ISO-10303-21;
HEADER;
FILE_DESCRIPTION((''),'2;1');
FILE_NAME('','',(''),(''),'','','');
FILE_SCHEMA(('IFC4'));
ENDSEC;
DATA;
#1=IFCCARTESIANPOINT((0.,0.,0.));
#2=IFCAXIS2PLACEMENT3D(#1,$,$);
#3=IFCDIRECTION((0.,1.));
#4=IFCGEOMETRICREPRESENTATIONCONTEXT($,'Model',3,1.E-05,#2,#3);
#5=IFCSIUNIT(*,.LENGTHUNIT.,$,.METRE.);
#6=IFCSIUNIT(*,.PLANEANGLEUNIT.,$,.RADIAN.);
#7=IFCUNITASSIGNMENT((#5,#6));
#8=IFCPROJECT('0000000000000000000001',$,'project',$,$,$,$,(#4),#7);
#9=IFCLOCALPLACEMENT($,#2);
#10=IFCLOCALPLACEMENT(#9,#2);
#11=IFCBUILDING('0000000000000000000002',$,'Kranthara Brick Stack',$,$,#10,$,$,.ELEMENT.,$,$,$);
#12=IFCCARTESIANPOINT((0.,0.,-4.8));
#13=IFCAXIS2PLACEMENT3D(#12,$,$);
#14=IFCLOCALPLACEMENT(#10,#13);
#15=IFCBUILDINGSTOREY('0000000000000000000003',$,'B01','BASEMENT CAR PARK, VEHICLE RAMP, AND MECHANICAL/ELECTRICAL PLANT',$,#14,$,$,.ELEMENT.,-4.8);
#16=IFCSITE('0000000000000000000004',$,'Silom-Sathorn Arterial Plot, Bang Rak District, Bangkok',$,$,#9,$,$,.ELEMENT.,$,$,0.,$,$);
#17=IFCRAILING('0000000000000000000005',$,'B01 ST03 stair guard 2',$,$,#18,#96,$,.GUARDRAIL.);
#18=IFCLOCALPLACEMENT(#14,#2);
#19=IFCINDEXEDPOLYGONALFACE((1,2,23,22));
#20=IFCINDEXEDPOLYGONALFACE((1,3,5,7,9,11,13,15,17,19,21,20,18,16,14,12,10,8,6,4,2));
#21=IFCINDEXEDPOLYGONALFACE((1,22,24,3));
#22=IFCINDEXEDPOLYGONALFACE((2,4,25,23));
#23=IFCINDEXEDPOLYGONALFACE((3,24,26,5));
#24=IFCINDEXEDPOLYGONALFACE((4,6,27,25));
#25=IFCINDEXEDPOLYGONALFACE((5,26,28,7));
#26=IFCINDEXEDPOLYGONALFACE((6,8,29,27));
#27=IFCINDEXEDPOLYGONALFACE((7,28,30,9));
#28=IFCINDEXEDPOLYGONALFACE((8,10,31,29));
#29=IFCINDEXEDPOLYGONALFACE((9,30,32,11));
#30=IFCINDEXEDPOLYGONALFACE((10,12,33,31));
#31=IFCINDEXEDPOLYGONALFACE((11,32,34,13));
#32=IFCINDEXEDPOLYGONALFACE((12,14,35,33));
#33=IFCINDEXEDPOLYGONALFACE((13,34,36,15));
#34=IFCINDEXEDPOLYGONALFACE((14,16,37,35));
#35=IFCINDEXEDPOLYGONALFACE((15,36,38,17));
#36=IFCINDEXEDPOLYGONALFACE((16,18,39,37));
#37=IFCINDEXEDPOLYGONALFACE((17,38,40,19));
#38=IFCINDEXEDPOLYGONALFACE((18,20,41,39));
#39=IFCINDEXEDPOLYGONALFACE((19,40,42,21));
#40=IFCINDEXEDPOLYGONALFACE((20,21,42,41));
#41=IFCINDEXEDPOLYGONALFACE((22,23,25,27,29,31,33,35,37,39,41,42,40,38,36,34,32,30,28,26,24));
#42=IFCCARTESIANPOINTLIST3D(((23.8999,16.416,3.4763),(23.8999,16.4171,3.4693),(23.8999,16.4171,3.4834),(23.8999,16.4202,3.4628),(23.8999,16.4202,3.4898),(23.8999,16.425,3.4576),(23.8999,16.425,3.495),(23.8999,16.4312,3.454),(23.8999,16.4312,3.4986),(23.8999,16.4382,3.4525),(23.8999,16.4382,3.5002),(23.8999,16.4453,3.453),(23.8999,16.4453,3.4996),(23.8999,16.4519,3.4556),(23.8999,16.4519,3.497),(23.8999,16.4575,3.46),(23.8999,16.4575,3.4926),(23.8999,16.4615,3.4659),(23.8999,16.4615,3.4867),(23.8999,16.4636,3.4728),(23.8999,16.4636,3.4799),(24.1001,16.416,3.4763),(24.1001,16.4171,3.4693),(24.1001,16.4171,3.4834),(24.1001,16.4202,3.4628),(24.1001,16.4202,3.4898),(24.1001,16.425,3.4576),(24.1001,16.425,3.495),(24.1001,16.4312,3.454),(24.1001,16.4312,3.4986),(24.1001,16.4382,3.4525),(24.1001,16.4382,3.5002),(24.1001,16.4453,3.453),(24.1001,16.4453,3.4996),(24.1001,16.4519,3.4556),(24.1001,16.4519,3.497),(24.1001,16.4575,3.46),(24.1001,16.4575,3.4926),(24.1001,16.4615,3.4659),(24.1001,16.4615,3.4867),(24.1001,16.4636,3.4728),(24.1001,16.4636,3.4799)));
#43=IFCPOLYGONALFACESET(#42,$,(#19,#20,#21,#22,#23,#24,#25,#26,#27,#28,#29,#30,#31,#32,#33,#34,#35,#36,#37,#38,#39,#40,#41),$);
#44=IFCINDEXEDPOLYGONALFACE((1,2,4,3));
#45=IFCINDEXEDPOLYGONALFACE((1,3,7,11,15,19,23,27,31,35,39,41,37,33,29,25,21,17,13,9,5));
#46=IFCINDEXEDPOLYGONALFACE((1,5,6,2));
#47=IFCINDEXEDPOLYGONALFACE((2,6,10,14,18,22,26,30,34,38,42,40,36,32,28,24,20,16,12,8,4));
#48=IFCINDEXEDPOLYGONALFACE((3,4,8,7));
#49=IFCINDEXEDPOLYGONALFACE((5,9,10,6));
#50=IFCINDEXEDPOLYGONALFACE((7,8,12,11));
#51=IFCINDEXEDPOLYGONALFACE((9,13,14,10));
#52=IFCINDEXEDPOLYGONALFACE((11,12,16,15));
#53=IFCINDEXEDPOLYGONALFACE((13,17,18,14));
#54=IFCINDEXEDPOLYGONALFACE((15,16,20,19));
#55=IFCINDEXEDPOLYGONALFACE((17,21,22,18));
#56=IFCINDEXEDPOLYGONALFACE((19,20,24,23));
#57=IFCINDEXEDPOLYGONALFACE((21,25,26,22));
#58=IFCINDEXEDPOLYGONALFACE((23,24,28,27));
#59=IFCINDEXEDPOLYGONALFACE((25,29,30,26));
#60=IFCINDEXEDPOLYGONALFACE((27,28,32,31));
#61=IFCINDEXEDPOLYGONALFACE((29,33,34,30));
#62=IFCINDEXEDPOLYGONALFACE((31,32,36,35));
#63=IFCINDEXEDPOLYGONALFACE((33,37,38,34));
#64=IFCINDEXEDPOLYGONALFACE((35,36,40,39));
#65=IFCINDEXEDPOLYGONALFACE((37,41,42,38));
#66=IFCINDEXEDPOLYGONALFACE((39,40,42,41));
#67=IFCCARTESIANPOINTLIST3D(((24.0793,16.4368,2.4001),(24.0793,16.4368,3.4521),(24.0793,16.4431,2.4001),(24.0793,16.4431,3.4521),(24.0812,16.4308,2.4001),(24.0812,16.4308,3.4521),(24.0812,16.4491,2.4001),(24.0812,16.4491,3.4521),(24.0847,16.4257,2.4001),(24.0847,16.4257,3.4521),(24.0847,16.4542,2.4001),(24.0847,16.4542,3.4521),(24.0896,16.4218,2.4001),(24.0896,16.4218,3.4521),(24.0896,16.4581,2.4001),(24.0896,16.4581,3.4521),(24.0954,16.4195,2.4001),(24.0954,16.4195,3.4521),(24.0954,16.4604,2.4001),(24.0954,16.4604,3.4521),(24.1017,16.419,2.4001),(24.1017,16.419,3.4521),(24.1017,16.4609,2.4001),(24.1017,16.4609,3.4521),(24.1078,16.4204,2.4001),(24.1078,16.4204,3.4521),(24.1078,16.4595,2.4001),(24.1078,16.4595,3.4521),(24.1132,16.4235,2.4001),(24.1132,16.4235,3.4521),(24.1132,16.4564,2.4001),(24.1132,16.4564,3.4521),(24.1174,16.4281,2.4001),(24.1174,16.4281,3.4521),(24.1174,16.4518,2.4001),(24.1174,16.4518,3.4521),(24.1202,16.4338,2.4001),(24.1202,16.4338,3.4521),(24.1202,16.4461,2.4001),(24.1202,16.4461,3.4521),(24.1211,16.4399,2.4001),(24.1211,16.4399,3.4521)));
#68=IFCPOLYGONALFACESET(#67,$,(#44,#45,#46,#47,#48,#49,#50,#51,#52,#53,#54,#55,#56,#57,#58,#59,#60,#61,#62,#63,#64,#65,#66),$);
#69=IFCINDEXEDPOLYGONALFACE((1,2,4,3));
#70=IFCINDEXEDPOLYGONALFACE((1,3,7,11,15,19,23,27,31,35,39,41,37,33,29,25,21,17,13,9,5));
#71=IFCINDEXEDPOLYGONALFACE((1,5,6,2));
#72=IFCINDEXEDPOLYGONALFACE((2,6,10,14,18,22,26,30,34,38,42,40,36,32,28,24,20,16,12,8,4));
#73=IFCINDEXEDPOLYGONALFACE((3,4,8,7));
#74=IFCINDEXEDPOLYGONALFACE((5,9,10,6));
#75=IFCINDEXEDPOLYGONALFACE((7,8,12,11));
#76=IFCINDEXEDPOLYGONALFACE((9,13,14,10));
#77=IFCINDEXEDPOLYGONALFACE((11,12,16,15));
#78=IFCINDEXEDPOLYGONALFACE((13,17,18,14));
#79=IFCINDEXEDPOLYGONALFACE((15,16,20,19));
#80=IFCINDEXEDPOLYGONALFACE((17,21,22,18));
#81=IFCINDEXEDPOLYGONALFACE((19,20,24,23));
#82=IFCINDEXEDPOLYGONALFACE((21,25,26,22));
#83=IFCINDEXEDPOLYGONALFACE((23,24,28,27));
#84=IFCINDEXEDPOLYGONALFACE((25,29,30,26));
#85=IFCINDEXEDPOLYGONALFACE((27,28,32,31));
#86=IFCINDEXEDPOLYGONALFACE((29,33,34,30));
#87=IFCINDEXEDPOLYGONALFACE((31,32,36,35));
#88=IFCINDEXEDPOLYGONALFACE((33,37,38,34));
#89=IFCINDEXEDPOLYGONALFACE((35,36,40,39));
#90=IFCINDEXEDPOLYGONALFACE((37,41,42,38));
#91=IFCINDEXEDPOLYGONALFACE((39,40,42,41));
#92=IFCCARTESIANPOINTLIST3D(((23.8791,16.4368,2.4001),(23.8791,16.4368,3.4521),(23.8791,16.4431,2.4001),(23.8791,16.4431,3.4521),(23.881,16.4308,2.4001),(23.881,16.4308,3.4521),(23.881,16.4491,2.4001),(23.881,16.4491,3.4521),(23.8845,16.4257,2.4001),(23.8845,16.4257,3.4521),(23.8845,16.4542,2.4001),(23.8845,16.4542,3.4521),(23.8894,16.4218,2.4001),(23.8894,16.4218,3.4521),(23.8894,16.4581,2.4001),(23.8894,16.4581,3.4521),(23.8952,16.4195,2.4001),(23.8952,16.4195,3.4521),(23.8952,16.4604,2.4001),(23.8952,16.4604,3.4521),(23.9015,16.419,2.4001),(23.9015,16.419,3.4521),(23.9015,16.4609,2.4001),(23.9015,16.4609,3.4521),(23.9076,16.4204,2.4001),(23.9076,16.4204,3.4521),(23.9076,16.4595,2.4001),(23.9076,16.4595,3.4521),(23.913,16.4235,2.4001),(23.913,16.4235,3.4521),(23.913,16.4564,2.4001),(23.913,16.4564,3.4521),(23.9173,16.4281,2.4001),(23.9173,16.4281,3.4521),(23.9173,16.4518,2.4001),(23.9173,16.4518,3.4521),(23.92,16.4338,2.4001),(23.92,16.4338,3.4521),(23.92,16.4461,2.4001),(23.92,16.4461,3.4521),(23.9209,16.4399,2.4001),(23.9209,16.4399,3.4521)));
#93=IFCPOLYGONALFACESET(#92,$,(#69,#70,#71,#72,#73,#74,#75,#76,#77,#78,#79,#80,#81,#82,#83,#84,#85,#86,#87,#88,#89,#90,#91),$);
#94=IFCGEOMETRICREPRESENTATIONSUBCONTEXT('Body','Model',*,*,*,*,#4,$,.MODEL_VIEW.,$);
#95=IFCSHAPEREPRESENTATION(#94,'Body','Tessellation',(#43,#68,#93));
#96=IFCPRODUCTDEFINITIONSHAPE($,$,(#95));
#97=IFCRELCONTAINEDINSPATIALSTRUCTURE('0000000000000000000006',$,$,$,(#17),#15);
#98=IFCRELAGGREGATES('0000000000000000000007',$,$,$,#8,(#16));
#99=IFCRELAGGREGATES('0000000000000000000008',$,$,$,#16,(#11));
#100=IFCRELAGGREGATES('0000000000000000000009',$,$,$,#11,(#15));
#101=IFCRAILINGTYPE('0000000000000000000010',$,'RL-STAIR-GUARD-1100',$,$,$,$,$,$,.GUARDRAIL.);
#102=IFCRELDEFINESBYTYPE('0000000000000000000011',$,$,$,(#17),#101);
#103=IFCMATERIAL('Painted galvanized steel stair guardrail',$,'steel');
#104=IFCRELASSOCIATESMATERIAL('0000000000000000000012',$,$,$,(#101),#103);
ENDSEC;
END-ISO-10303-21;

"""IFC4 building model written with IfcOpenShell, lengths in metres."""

from ifc_helpers import new_model, si_unit, direction, frame, origin, origin_2d, place, context, subcontext, project, spatial, circle, extrude, material, type_object, element, save


model = new_model("IFC4")

# Units and contexts
model_context = context("Model", 3, precision=1e-05, world=origin(), true_north=direction((0.0, 1.0)))
body_context = subcontext(model_context, "Body", "Model", "MODEL_VIEW")
ifc_project = project(units=[si_unit("LENGTHUNIT", "METRE"), si_unit("PLANEANGLEUNIT", "RADIAN")], contexts=[model_context])

# Site, building, storey
site_placement = place(None, origin())
site = spatial("IfcSite", under=ifc_project, at=site_placement, Name="Silom-Sathorn Arterial Plot, Bang Rak District, Bangkok", CompositionType="ELEMENT", RefElevation=0.0)
building_placement = place(site_placement, origin())
building = spatial("IfcBuilding", under=site, at=building_placement, Name="Kranthara Brick Stack", CompositionType="ELEMENT")
storey_placement = place(building_placement, frame((0.0, 0.0, -4.8)))
storey = spatial("IfcBuildingStorey", under=building, at=storey_placement, Name="B01", Description="BASEMENT CAR PARK, VEHICLE RAMP, AND MECHANICAL/ELECTRICAL PLANT", CompositionType="ELEMENT", Elevation=-4.8)

# Railing
ifc_material_1 = material(Name="Painted galvanized steel stair guardrail", Category="steel")
railing_type_1 = type_object("IfcRailingType", Name="RL-STAIR-GUARD-1100", PredefinedType="GUARDRAIL", material=ifc_material_1)
railing_1_placement = place(storey_placement, frame((24.1001, 16.4399, 2.4001)))
element("IfcRailing", 1, at=railing_1_placement, inside=storey, type_object=railing_type_1, Name="B01 ST03 stair guard 2", PredefinedType="GUARDRAIL", context=body_context, shape_type="SweptSolid", body=[
    extrude(circle(Radius=0.0239, at=origin_2d()), frame((0.0, 0.0, 1.0762), z_axis=(-1.0, 0.0, 0.0), x_axis=(0.0, -1.0, 0.0)), (0.0, 0.0, 1.0), 0.2002),
    extrude(circle(Radius=0.021, at=origin_2d()), origin(), (0.0, 0.0, 1.0), 1.052),
    extrude(circle(Radius=0.021, at=origin_2d()), frame((-0.2002, 0.0, 0.0)), (0.0, 0.0, 1.0), 1.052),
])

save(model, "model.ifc")
